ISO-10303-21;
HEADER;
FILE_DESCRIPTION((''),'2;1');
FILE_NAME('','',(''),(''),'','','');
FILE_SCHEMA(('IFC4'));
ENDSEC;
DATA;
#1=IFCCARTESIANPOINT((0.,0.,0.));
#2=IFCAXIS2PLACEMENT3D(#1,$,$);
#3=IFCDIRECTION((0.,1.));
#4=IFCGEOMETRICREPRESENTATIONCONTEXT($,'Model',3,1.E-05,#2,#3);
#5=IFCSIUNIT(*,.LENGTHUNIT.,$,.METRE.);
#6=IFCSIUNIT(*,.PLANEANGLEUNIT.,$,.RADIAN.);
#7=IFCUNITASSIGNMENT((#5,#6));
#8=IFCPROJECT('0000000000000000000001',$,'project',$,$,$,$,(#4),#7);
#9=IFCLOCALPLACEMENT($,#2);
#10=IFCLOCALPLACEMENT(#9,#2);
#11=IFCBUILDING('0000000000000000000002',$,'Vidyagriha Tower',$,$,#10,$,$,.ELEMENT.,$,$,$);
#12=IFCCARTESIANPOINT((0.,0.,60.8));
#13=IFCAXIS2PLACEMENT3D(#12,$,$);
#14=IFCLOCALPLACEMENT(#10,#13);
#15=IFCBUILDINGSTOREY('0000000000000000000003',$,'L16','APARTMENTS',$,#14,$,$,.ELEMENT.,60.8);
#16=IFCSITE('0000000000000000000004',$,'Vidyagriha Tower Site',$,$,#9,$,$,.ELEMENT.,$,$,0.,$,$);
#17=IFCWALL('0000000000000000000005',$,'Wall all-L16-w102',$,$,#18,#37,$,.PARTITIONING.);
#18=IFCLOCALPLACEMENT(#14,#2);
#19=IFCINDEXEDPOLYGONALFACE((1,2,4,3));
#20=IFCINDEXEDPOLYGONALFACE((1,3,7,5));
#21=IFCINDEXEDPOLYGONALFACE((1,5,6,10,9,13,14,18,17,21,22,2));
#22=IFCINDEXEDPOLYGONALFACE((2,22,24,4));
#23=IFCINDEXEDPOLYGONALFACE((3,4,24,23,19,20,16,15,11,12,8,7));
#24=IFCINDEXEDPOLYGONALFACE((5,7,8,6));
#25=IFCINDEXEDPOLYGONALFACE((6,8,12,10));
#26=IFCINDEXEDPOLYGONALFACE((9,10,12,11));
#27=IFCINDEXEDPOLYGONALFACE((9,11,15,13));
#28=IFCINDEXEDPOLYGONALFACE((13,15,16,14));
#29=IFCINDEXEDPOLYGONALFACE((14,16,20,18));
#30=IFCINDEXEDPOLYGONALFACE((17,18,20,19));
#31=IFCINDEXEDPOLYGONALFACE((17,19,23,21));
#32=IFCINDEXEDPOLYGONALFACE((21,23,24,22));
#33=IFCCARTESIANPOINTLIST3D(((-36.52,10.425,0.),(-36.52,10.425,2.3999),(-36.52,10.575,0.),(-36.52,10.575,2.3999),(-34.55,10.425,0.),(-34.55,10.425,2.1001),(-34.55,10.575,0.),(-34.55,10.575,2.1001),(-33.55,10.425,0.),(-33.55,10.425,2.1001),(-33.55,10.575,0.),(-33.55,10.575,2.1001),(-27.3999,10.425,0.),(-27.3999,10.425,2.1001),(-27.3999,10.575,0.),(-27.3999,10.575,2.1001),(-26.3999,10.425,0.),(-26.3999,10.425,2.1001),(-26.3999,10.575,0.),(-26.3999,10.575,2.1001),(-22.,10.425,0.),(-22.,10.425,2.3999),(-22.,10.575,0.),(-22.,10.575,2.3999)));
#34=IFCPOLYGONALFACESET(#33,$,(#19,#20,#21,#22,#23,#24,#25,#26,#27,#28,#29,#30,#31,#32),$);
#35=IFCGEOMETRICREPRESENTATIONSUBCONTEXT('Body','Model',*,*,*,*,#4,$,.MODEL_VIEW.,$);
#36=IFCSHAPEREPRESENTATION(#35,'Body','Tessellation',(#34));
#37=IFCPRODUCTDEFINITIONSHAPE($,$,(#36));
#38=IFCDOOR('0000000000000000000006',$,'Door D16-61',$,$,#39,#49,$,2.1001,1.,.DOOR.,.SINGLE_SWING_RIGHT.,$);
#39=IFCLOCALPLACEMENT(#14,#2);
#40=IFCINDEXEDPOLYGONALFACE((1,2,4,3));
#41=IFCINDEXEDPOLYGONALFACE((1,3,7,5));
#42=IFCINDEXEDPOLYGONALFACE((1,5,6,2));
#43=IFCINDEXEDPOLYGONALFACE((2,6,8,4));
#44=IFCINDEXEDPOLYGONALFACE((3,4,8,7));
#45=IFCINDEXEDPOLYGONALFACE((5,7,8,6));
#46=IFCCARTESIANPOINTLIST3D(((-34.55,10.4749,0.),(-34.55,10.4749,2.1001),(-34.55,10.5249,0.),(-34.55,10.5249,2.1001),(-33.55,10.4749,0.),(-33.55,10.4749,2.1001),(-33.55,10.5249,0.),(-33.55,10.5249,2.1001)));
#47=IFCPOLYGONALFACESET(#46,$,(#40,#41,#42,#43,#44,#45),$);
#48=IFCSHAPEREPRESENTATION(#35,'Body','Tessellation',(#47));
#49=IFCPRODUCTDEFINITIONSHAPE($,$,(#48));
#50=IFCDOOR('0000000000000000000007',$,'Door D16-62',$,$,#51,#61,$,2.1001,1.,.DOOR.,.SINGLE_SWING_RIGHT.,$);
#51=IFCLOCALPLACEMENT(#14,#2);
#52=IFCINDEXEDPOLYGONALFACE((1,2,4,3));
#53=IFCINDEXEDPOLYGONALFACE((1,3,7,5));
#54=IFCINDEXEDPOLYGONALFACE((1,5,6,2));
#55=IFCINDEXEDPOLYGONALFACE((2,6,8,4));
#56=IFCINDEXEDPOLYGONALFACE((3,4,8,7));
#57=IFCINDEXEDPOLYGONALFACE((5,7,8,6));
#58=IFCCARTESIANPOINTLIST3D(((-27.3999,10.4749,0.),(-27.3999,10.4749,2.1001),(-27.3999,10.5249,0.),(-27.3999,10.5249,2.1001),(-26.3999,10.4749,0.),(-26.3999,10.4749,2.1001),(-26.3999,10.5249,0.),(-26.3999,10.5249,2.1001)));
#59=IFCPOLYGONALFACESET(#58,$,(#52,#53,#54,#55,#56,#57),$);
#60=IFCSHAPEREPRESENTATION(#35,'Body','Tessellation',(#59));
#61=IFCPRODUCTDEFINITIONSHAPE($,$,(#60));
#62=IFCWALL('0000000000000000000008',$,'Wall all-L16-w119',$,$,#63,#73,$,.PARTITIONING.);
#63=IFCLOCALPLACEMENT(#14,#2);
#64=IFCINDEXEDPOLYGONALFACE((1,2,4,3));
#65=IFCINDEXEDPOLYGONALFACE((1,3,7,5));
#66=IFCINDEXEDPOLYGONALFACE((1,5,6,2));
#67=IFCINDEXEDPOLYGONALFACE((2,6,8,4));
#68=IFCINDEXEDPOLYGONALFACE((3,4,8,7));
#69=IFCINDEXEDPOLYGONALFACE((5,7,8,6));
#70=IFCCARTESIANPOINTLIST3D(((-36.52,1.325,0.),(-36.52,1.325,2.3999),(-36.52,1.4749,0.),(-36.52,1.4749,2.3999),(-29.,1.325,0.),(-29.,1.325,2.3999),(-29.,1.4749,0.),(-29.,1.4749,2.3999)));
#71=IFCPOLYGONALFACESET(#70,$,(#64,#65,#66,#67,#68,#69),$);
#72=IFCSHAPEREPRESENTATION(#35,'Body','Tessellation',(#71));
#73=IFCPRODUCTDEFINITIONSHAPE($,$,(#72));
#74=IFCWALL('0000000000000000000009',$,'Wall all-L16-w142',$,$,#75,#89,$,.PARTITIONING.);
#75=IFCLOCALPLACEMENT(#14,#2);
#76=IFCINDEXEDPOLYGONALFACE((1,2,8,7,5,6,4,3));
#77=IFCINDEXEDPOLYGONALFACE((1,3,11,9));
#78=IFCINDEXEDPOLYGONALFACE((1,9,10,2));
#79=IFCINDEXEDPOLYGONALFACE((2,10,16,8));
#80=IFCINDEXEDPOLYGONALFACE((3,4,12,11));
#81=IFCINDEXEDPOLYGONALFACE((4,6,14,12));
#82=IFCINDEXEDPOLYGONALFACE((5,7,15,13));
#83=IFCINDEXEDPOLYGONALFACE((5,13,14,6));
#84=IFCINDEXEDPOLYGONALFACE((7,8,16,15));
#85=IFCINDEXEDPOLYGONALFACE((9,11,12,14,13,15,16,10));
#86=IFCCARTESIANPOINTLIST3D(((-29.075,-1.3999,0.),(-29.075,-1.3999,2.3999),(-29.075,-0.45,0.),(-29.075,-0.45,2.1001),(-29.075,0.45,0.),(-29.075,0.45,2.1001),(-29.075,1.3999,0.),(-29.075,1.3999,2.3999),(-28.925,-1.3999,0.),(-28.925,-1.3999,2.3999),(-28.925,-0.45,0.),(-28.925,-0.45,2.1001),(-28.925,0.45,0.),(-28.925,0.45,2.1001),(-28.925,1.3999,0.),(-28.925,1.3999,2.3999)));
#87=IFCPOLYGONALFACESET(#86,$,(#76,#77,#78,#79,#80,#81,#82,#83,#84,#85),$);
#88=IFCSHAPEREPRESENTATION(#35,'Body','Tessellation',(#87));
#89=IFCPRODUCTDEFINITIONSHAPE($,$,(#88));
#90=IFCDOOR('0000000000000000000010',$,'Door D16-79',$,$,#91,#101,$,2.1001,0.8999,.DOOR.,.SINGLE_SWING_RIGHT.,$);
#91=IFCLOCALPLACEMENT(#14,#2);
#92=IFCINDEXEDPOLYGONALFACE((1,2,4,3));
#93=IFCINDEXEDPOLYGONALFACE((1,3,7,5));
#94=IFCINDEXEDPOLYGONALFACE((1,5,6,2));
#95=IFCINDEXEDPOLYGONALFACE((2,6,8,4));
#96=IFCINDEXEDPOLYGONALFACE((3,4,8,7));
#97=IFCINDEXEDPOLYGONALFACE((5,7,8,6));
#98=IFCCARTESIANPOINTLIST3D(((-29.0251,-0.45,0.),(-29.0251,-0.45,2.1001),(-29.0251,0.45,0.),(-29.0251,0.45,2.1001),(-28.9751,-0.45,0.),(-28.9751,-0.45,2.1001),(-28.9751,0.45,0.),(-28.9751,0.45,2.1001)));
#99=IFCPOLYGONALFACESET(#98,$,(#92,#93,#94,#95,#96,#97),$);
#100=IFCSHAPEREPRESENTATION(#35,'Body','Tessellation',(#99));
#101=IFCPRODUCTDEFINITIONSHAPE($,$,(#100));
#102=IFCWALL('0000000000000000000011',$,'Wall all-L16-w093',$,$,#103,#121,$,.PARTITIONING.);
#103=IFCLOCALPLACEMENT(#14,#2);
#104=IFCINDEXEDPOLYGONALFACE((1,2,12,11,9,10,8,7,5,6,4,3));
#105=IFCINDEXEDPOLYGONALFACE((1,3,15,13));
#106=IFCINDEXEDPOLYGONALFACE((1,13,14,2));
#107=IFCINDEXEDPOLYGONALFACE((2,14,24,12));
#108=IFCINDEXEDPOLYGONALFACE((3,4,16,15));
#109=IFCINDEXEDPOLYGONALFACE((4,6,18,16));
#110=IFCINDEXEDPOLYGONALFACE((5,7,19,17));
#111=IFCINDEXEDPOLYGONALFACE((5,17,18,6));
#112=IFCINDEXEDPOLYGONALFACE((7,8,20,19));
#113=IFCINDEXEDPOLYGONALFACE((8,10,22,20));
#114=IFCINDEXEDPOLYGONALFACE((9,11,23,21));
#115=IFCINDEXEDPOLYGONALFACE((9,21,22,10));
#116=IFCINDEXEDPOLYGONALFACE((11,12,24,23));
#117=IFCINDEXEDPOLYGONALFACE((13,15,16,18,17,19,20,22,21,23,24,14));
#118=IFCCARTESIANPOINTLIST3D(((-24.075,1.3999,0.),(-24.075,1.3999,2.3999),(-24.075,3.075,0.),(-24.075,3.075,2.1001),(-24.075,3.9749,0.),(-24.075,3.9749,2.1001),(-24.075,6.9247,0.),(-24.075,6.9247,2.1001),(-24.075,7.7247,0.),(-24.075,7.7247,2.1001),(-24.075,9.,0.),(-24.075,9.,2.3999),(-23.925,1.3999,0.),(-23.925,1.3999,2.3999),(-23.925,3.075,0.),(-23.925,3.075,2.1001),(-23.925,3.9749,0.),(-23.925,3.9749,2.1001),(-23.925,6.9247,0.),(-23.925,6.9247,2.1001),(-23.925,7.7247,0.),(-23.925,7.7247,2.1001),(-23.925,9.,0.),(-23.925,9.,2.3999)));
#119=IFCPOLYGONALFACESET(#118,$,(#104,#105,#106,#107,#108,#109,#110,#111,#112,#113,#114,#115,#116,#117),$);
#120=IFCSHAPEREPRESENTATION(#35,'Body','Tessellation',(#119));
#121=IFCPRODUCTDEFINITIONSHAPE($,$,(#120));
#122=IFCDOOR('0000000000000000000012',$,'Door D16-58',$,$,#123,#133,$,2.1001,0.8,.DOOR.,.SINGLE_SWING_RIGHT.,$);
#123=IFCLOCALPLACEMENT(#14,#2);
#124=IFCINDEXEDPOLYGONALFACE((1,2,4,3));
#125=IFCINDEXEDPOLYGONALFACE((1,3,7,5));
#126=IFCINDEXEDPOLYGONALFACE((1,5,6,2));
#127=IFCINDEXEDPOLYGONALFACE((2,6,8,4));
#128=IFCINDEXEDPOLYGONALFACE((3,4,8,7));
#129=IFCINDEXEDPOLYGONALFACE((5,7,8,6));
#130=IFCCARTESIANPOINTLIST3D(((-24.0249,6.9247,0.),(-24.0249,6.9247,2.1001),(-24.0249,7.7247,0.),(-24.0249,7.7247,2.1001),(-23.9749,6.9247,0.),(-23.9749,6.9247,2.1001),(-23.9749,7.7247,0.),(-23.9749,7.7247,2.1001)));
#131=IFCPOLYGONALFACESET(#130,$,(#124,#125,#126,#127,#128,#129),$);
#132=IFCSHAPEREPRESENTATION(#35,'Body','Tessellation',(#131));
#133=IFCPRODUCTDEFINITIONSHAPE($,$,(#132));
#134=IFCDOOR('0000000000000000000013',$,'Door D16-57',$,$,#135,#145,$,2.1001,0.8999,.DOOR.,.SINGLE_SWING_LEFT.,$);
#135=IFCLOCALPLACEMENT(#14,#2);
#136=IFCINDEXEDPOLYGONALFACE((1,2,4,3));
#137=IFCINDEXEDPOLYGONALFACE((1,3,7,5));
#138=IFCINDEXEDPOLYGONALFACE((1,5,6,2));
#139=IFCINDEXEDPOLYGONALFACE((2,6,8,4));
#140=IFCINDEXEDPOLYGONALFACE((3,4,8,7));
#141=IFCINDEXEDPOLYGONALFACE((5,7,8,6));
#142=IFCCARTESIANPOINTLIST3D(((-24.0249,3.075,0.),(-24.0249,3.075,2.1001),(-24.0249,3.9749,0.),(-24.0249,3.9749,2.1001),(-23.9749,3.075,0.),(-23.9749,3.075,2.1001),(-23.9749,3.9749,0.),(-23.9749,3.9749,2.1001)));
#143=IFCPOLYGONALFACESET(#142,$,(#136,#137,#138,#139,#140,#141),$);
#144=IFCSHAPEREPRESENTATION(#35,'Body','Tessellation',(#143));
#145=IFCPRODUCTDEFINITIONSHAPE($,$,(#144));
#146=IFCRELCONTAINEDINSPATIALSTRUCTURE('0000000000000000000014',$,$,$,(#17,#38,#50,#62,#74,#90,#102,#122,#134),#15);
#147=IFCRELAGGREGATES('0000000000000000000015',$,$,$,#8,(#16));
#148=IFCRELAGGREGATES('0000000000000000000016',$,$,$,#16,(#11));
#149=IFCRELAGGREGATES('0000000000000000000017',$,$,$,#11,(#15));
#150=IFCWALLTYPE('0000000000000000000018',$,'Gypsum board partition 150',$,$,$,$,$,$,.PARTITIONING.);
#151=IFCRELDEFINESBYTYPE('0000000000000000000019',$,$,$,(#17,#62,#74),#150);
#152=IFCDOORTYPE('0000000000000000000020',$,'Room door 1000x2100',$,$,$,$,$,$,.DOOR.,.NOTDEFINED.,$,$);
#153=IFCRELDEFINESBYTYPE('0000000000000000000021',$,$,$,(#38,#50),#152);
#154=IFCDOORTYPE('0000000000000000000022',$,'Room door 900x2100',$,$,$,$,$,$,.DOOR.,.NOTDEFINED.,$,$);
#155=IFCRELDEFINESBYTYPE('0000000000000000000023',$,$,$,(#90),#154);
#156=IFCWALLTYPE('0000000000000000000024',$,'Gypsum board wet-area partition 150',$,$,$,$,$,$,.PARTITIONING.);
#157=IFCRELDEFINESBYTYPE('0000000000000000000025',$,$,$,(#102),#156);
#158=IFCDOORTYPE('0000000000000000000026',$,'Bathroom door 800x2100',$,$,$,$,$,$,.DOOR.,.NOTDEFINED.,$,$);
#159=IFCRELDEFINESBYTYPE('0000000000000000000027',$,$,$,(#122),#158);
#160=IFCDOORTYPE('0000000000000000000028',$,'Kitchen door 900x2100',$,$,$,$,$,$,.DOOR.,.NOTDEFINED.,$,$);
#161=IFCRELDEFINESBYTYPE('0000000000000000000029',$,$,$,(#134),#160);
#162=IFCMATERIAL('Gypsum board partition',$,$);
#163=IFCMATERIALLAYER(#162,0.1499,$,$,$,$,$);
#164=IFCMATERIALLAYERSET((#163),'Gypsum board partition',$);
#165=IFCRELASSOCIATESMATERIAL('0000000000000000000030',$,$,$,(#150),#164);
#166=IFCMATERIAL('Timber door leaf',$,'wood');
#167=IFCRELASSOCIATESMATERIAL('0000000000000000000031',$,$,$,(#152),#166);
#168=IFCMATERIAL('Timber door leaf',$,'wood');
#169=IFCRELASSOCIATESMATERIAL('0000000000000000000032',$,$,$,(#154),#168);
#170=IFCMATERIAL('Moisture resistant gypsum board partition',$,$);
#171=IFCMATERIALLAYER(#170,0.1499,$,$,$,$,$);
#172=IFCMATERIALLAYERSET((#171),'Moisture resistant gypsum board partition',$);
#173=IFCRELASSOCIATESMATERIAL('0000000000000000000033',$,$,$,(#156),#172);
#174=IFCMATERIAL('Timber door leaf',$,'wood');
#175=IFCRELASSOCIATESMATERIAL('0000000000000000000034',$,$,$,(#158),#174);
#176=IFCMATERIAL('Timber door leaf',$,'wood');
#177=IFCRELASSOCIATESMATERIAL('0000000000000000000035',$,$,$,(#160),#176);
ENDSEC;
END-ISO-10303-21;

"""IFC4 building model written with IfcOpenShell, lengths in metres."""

from ifc_helpers import new_model, si_unit, direction, frame, frame_2d, origin, place, context, subcontext, project, spatial, rectangle, extrude, material, layer, layer_set, type_object, element, fill, save


model = new_model("IFC4")

# Units and contexts
model_context = context("Model", 3, precision=1e-05, world=origin(), true_north=direction((0.0, 1.0)))
body_context = subcontext(model_context, "Body", "Model", "MODEL_VIEW")
ifc_project = project(units=[si_unit("LENGTHUNIT", "METRE"), si_unit("PLANEANGLEUNIT", "RADIAN")], contexts=[model_context])

# Site, building, storey
site_placement = place(None, origin())
site = spatial("IfcSite", under=ifc_project, at=site_placement, Name="Vidyagriha Tower Site", CompositionType="ELEMENT", RefElevation=0.0)
building_placement = place(site_placement, origin())
building = spatial("IfcBuilding", under=site, at=building_placement, Name="Vidyagriha Tower", CompositionType="ELEMENT")
storey_placement = place(building_placement, frame((0.0, 0.0, 60.8)))
storey = spatial("IfcBuildingStorey", under=building, at=storey_placement, Name="L16", Description="APARTMENTS", CompositionType="ELEMENT", Elevation=60.8)

# Shared definitions
ifc_material_1 = material(Name="Gypsum board partition")
ifc_layer_1 = layer(ifc_material_1, 0.1499)
ifc_layer_set_1 = layer_set([ifc_layer_1], Name="Gypsum board partition")
wall_type_1 = type_object("IfcWallType", Name="Gypsum board partition 150", PredefinedType="PARTITIONING", material=ifc_layer_set_1)

# Wall, openings, doors
wall_1_placement = place(storey_placement, frame((-36.52, 10.5, 0.0)))
wall_1 = element("IfcWall", 1, at=wall_1_placement, inside=storey, type_object=wall_type_1, Name="Wall all-L16-w102", PredefinedType="PARTITIONING", context=body_context, shape_type="SweptSolid", body=[
    extrude(rectangle(XDim=14.52, YDim=0.1499, at=frame_2d((7.26, 0.0))), origin(), (0.0, 0.0, 1.0), 2.3999),
])
opening_1_placement = place(wall_1_placement, frame((1.97, 0.0, 0.0)))
opening_1 = element("IfcOpeningElement", 2, at=opening_1_placement, cuts=wall_1, PredefinedType="OPENING", context=body_context, shape_type="SweptSolid", body=[
    extrude(rectangle(XDim=1.0, YDim=2.1001, at=frame_2d((0.5, 1.05))), frame((0.0, 0.085, 0.0), z_axis=(0.0, -1.0, 0.0), x_axis=(1.0, 0.0, 0.0)), (0.0, 0.0, 1.0), 0.1699),
])
opening_2_placement = place(wall_1_placement, frame((9.1201, 0.0, 0.0)))
opening_2 = element("IfcOpeningElement", 3, at=opening_2_placement, cuts=wall_1, PredefinedType="OPENING", context=body_context, shape_type="SweptSolid", body=[
    extrude(rectangle(XDim=1.0, YDim=2.1001, at=frame_2d((0.5, 1.05))), frame((0.0, 0.085, 0.0), z_axis=(0.0, -1.0, 0.0), x_axis=(1.0, 0.0, 0.0)), (0.0, 0.0, 1.0), 0.1699),
])
ifc_material_2 = material(Name="Timber door leaf", Category="wood")
door_type_1 = type_object("IfcDoorType", Name="Room door 1000x2100", OperationType="NOTDEFINED", PredefinedType="DOOR", material=ifc_material_2)
door_1_placement = place(opening_1_placement, origin())
door_1 = element("IfcDoor", 4, at=door_1_placement, inside=storey, type_object=door_type_1, Name="Door D16-61", OperationType="SINGLE_SWING_RIGHT", OverallHeight=2.1001, OverallWidth=1.0, PredefinedType="DOOR", context=body_context, shape_type="SweptSolid", body=[
    extrude(rectangle(XDim=1.0, YDim=2.1001, at=frame_2d((0.5, 1.05))), frame((0.0, 0.0249, 0.0), z_axis=(0.0, -1.0, 0.0), x_axis=(1.0, 0.0, 0.0)), (0.0, 0.0, 1.0), 0.05),
])
fill(opening_1, door_1)
door_2_placement = place(opening_2_placement, origin())
door_2 = element("IfcDoor", 5, at=door_2_placement, inside=storey, type_object=door_type_1, Name="Door D16-62", OperationType="SINGLE_SWING_RIGHT", OverallHeight=2.1001, OverallWidth=1.0, PredefinedType="DOOR", context=body_context, shape_type="SweptSolid", body=[
    extrude(rectangle(XDim=1.0, YDim=2.1001, at=frame_2d((0.5, 1.05))), frame((0.0, 0.0249, 0.0), z_axis=(0.0, -1.0, 0.0), x_axis=(1.0, 0.0, 0.0)), (0.0, 0.0, 1.0), 0.05),
])
fill(opening_2, door_2)

# Wall
wall_2_placement = place(storey_placement, frame((-36.52, 1.3999, 0.0)))
element("IfcWall", 6, at=wall_2_placement, inside=storey, type_object=wall_type_1, Name="Wall all-L16-w119", PredefinedType="PARTITIONING", context=body_context, shape_type="SweptSolid", body=[
    extrude(rectangle(XDim=7.52, YDim=0.1499, at=frame_2d((3.76, 0.0))), origin(), (0.0, 0.0, 1.0), 2.3999),
])

# Wall, opening, door
wall_3_placement = place(storey_placement, frame((-29.0, 1.3999, 0.0), z_axis=(0.0, 0.0, 1.0), x_axis=(0.0, -1.0, 0.0)))
wall_3 = element("IfcWall", 7, at=wall_3_placement, inside=storey, type_object=wall_type_1, Name="Wall all-L16-w142", PredefinedType="PARTITIONING", context=body_context, shape_type="SweptSolid", body=[
    extrude(rectangle(XDim=2.7998, YDim=0.1499, at=frame_2d((1.3999, 0.0))), origin(), (0.0, 0.0, 1.0), 2.3999),
])
opening_3_placement = place(wall_3_placement, frame((0.95, 0.0, 0.0)))
opening_3 = element("IfcOpeningElement", 8, at=opening_3_placement, cuts=wall_3, PredefinedType="OPENING", context=body_context, shape_type="SweptSolid", body=[
    extrude(rectangle(XDim=0.8999, YDim=2.1001, at=frame_2d((0.45, 1.05))), frame((0.0, 0.085, 0.0), z_axis=(0.0, -1.0, 0.0), x_axis=(1.0, 0.0, 0.0)), (0.0, 0.0, 1.0), 0.1699),
])
ifc_material_3 = material(Name="Timber door leaf", Category="wood")
door_type_2 = type_object("IfcDoorType", Name="Room door 900x2100", OperationType="NOTDEFINED", PredefinedType="DOOR", material=ifc_material_3)
door_3_placement = place(opening_3_placement, origin())
door_3 = element("IfcDoor", 9, at=door_3_placement, inside=storey, type_object=door_type_2, Name="Door D16-79", OperationType="SINGLE_SWING_RIGHT", OverallHeight=2.1001, OverallWidth=0.8999, PredefinedType="DOOR", context=body_context, shape_type="SweptSolid", body=[
    extrude(rectangle(XDim=0.8999, YDim=2.1001, at=frame_2d((0.45, 1.05))), frame((0.0, 0.0249, 0.0), z_axis=(0.0, -1.0, 0.0), x_axis=(1.0, 0.0, 0.0)), (0.0, 0.0, 1.0), 0.05),
])
fill(opening_3, door_3)

# Wall, openings, doors
ifc_material_4 = material(Name="Moisture resistant gypsum board partition")
ifc_layer_2 = layer(ifc_material_4, 0.1499)
ifc_layer_set_2 = layer_set([ifc_layer_2], Name="Moisture resistant gypsum board partition")
wall_type_2 = type_object("IfcWallType", Name="Gypsum board wet-area partition 150", PredefinedType="PARTITIONING", material=ifc_layer_set_2)
wall_4_placement = place(storey_placement, frame((-24.0, 1.3999, 0.0), z_axis=(0.0, 0.0, 1.0), x_axis=(0.0, 1.0, 0.0)))
wall_4 = element("IfcWall", 10, at=wall_4_placement, inside=storey, type_object=wall_type_2, Name="Wall all-L16-w093", PredefinedType="PARTITIONING", context=body_context, shape_type="SweptSolid", body=[
    extrude(rectangle(XDim=7.6001, YDim=0.1499, at=frame_2d((3.8, 0.0))), origin(), (0.0, 0.0, 1.0), 2.3999),
])
opening_4_placement = place(wall_4_placement, frame((1.675, 0.0, 0.0)))
opening_4 = element("IfcOpeningElement", 11, at=opening_4_placement, cuts=wall_4, PredefinedType="OPENING", context=body_context, shape_type="SweptSolid", body=[
    extrude(rectangle(XDim=0.8999, YDim=2.1001, at=frame_2d((0.45, 1.05))), frame((0.0, 0.085, 0.0), z_axis=(0.0, -1.0, 0.0), x_axis=(1.0, 0.0, 0.0)), (0.0, 0.0, 1.0), 0.1699),
])
opening_5_placement = place(wall_4_placement, frame((5.5249, 0.0, 0.0)))
opening_5 = element("IfcOpeningElement", 12, at=opening_5_placement, cuts=wall_4, PredefinedType="OPENING", context=body_context, shape_type="SweptSolid", body=[
    extrude(rectangle(XDim=0.8, YDim=2.1001, at=frame_2d((0.3999, 1.05))), frame((0.0, 0.085, 0.0), z_axis=(0.0, -1.0, 0.0), x_axis=(1.0, 0.0, 0.0)), (0.0, 0.0, 1.0), 0.1699),
])
ifc_material_5 = material(Name="Timber door leaf", Category="wood")
door_type_3 = type_object("IfcDoorType", Name="Bathroom door 800x2100", OperationType="NOTDEFINED", PredefinedType="DOOR", material=ifc_material_5)
door_4_placement = place(opening_5_placement, origin())
door_4 = element("IfcDoor", 13, at=door_4_placement, inside=storey, type_object=door_type_3, Name="Door D16-58", OperationType="SINGLE_SWING_RIGHT", OverallHeight=2.1001, OverallWidth=0.8, PredefinedType="DOOR", context=body_context, shape_type="SweptSolid", body=[
    extrude(rectangle(XDim=0.8, YDim=2.1001, at=frame_2d((0.3999, 1.05))), frame((0.0, 0.0249, 0.0), z_axis=(0.0, -1.0, 0.0), x_axis=(1.0, 0.0, 0.0)), (0.0, 0.0, 1.0), 0.05),
])
fill(opening_5, door_4)
ifc_material_6 = material(Name="Timber door leaf", Category="wood")
door_type_4 = type_object("IfcDoorType", Name="Kitchen door 900x2100", OperationType="NOTDEFINED", PredefinedType="DOOR", material=ifc_material_6)
door_5_placement = place(opening_4_placement, origin())
door_5 = element("IfcDoor", 14, at=door_5_placement, inside=storey, type_object=door_type_4, Name="Door D16-57", OperationType="SINGLE_SWING_LEFT", OverallHeight=2.1001, OverallWidth=0.8999, PredefinedType="DOOR", context=body_context, shape_type="SweptSolid", body=[
    extrude(rectangle(XDim=0.8999, YDim=2.1001, at=frame_2d((0.45, 1.05))), frame((0.0, 0.0249, 0.0), z_axis=(0.0, -1.0, 0.0), x_axis=(1.0, 0.0, 0.0)), (0.0, 0.0, 1.0), 0.05),
])
fill(opening_4, door_5)

save(model, "model.ifc")
